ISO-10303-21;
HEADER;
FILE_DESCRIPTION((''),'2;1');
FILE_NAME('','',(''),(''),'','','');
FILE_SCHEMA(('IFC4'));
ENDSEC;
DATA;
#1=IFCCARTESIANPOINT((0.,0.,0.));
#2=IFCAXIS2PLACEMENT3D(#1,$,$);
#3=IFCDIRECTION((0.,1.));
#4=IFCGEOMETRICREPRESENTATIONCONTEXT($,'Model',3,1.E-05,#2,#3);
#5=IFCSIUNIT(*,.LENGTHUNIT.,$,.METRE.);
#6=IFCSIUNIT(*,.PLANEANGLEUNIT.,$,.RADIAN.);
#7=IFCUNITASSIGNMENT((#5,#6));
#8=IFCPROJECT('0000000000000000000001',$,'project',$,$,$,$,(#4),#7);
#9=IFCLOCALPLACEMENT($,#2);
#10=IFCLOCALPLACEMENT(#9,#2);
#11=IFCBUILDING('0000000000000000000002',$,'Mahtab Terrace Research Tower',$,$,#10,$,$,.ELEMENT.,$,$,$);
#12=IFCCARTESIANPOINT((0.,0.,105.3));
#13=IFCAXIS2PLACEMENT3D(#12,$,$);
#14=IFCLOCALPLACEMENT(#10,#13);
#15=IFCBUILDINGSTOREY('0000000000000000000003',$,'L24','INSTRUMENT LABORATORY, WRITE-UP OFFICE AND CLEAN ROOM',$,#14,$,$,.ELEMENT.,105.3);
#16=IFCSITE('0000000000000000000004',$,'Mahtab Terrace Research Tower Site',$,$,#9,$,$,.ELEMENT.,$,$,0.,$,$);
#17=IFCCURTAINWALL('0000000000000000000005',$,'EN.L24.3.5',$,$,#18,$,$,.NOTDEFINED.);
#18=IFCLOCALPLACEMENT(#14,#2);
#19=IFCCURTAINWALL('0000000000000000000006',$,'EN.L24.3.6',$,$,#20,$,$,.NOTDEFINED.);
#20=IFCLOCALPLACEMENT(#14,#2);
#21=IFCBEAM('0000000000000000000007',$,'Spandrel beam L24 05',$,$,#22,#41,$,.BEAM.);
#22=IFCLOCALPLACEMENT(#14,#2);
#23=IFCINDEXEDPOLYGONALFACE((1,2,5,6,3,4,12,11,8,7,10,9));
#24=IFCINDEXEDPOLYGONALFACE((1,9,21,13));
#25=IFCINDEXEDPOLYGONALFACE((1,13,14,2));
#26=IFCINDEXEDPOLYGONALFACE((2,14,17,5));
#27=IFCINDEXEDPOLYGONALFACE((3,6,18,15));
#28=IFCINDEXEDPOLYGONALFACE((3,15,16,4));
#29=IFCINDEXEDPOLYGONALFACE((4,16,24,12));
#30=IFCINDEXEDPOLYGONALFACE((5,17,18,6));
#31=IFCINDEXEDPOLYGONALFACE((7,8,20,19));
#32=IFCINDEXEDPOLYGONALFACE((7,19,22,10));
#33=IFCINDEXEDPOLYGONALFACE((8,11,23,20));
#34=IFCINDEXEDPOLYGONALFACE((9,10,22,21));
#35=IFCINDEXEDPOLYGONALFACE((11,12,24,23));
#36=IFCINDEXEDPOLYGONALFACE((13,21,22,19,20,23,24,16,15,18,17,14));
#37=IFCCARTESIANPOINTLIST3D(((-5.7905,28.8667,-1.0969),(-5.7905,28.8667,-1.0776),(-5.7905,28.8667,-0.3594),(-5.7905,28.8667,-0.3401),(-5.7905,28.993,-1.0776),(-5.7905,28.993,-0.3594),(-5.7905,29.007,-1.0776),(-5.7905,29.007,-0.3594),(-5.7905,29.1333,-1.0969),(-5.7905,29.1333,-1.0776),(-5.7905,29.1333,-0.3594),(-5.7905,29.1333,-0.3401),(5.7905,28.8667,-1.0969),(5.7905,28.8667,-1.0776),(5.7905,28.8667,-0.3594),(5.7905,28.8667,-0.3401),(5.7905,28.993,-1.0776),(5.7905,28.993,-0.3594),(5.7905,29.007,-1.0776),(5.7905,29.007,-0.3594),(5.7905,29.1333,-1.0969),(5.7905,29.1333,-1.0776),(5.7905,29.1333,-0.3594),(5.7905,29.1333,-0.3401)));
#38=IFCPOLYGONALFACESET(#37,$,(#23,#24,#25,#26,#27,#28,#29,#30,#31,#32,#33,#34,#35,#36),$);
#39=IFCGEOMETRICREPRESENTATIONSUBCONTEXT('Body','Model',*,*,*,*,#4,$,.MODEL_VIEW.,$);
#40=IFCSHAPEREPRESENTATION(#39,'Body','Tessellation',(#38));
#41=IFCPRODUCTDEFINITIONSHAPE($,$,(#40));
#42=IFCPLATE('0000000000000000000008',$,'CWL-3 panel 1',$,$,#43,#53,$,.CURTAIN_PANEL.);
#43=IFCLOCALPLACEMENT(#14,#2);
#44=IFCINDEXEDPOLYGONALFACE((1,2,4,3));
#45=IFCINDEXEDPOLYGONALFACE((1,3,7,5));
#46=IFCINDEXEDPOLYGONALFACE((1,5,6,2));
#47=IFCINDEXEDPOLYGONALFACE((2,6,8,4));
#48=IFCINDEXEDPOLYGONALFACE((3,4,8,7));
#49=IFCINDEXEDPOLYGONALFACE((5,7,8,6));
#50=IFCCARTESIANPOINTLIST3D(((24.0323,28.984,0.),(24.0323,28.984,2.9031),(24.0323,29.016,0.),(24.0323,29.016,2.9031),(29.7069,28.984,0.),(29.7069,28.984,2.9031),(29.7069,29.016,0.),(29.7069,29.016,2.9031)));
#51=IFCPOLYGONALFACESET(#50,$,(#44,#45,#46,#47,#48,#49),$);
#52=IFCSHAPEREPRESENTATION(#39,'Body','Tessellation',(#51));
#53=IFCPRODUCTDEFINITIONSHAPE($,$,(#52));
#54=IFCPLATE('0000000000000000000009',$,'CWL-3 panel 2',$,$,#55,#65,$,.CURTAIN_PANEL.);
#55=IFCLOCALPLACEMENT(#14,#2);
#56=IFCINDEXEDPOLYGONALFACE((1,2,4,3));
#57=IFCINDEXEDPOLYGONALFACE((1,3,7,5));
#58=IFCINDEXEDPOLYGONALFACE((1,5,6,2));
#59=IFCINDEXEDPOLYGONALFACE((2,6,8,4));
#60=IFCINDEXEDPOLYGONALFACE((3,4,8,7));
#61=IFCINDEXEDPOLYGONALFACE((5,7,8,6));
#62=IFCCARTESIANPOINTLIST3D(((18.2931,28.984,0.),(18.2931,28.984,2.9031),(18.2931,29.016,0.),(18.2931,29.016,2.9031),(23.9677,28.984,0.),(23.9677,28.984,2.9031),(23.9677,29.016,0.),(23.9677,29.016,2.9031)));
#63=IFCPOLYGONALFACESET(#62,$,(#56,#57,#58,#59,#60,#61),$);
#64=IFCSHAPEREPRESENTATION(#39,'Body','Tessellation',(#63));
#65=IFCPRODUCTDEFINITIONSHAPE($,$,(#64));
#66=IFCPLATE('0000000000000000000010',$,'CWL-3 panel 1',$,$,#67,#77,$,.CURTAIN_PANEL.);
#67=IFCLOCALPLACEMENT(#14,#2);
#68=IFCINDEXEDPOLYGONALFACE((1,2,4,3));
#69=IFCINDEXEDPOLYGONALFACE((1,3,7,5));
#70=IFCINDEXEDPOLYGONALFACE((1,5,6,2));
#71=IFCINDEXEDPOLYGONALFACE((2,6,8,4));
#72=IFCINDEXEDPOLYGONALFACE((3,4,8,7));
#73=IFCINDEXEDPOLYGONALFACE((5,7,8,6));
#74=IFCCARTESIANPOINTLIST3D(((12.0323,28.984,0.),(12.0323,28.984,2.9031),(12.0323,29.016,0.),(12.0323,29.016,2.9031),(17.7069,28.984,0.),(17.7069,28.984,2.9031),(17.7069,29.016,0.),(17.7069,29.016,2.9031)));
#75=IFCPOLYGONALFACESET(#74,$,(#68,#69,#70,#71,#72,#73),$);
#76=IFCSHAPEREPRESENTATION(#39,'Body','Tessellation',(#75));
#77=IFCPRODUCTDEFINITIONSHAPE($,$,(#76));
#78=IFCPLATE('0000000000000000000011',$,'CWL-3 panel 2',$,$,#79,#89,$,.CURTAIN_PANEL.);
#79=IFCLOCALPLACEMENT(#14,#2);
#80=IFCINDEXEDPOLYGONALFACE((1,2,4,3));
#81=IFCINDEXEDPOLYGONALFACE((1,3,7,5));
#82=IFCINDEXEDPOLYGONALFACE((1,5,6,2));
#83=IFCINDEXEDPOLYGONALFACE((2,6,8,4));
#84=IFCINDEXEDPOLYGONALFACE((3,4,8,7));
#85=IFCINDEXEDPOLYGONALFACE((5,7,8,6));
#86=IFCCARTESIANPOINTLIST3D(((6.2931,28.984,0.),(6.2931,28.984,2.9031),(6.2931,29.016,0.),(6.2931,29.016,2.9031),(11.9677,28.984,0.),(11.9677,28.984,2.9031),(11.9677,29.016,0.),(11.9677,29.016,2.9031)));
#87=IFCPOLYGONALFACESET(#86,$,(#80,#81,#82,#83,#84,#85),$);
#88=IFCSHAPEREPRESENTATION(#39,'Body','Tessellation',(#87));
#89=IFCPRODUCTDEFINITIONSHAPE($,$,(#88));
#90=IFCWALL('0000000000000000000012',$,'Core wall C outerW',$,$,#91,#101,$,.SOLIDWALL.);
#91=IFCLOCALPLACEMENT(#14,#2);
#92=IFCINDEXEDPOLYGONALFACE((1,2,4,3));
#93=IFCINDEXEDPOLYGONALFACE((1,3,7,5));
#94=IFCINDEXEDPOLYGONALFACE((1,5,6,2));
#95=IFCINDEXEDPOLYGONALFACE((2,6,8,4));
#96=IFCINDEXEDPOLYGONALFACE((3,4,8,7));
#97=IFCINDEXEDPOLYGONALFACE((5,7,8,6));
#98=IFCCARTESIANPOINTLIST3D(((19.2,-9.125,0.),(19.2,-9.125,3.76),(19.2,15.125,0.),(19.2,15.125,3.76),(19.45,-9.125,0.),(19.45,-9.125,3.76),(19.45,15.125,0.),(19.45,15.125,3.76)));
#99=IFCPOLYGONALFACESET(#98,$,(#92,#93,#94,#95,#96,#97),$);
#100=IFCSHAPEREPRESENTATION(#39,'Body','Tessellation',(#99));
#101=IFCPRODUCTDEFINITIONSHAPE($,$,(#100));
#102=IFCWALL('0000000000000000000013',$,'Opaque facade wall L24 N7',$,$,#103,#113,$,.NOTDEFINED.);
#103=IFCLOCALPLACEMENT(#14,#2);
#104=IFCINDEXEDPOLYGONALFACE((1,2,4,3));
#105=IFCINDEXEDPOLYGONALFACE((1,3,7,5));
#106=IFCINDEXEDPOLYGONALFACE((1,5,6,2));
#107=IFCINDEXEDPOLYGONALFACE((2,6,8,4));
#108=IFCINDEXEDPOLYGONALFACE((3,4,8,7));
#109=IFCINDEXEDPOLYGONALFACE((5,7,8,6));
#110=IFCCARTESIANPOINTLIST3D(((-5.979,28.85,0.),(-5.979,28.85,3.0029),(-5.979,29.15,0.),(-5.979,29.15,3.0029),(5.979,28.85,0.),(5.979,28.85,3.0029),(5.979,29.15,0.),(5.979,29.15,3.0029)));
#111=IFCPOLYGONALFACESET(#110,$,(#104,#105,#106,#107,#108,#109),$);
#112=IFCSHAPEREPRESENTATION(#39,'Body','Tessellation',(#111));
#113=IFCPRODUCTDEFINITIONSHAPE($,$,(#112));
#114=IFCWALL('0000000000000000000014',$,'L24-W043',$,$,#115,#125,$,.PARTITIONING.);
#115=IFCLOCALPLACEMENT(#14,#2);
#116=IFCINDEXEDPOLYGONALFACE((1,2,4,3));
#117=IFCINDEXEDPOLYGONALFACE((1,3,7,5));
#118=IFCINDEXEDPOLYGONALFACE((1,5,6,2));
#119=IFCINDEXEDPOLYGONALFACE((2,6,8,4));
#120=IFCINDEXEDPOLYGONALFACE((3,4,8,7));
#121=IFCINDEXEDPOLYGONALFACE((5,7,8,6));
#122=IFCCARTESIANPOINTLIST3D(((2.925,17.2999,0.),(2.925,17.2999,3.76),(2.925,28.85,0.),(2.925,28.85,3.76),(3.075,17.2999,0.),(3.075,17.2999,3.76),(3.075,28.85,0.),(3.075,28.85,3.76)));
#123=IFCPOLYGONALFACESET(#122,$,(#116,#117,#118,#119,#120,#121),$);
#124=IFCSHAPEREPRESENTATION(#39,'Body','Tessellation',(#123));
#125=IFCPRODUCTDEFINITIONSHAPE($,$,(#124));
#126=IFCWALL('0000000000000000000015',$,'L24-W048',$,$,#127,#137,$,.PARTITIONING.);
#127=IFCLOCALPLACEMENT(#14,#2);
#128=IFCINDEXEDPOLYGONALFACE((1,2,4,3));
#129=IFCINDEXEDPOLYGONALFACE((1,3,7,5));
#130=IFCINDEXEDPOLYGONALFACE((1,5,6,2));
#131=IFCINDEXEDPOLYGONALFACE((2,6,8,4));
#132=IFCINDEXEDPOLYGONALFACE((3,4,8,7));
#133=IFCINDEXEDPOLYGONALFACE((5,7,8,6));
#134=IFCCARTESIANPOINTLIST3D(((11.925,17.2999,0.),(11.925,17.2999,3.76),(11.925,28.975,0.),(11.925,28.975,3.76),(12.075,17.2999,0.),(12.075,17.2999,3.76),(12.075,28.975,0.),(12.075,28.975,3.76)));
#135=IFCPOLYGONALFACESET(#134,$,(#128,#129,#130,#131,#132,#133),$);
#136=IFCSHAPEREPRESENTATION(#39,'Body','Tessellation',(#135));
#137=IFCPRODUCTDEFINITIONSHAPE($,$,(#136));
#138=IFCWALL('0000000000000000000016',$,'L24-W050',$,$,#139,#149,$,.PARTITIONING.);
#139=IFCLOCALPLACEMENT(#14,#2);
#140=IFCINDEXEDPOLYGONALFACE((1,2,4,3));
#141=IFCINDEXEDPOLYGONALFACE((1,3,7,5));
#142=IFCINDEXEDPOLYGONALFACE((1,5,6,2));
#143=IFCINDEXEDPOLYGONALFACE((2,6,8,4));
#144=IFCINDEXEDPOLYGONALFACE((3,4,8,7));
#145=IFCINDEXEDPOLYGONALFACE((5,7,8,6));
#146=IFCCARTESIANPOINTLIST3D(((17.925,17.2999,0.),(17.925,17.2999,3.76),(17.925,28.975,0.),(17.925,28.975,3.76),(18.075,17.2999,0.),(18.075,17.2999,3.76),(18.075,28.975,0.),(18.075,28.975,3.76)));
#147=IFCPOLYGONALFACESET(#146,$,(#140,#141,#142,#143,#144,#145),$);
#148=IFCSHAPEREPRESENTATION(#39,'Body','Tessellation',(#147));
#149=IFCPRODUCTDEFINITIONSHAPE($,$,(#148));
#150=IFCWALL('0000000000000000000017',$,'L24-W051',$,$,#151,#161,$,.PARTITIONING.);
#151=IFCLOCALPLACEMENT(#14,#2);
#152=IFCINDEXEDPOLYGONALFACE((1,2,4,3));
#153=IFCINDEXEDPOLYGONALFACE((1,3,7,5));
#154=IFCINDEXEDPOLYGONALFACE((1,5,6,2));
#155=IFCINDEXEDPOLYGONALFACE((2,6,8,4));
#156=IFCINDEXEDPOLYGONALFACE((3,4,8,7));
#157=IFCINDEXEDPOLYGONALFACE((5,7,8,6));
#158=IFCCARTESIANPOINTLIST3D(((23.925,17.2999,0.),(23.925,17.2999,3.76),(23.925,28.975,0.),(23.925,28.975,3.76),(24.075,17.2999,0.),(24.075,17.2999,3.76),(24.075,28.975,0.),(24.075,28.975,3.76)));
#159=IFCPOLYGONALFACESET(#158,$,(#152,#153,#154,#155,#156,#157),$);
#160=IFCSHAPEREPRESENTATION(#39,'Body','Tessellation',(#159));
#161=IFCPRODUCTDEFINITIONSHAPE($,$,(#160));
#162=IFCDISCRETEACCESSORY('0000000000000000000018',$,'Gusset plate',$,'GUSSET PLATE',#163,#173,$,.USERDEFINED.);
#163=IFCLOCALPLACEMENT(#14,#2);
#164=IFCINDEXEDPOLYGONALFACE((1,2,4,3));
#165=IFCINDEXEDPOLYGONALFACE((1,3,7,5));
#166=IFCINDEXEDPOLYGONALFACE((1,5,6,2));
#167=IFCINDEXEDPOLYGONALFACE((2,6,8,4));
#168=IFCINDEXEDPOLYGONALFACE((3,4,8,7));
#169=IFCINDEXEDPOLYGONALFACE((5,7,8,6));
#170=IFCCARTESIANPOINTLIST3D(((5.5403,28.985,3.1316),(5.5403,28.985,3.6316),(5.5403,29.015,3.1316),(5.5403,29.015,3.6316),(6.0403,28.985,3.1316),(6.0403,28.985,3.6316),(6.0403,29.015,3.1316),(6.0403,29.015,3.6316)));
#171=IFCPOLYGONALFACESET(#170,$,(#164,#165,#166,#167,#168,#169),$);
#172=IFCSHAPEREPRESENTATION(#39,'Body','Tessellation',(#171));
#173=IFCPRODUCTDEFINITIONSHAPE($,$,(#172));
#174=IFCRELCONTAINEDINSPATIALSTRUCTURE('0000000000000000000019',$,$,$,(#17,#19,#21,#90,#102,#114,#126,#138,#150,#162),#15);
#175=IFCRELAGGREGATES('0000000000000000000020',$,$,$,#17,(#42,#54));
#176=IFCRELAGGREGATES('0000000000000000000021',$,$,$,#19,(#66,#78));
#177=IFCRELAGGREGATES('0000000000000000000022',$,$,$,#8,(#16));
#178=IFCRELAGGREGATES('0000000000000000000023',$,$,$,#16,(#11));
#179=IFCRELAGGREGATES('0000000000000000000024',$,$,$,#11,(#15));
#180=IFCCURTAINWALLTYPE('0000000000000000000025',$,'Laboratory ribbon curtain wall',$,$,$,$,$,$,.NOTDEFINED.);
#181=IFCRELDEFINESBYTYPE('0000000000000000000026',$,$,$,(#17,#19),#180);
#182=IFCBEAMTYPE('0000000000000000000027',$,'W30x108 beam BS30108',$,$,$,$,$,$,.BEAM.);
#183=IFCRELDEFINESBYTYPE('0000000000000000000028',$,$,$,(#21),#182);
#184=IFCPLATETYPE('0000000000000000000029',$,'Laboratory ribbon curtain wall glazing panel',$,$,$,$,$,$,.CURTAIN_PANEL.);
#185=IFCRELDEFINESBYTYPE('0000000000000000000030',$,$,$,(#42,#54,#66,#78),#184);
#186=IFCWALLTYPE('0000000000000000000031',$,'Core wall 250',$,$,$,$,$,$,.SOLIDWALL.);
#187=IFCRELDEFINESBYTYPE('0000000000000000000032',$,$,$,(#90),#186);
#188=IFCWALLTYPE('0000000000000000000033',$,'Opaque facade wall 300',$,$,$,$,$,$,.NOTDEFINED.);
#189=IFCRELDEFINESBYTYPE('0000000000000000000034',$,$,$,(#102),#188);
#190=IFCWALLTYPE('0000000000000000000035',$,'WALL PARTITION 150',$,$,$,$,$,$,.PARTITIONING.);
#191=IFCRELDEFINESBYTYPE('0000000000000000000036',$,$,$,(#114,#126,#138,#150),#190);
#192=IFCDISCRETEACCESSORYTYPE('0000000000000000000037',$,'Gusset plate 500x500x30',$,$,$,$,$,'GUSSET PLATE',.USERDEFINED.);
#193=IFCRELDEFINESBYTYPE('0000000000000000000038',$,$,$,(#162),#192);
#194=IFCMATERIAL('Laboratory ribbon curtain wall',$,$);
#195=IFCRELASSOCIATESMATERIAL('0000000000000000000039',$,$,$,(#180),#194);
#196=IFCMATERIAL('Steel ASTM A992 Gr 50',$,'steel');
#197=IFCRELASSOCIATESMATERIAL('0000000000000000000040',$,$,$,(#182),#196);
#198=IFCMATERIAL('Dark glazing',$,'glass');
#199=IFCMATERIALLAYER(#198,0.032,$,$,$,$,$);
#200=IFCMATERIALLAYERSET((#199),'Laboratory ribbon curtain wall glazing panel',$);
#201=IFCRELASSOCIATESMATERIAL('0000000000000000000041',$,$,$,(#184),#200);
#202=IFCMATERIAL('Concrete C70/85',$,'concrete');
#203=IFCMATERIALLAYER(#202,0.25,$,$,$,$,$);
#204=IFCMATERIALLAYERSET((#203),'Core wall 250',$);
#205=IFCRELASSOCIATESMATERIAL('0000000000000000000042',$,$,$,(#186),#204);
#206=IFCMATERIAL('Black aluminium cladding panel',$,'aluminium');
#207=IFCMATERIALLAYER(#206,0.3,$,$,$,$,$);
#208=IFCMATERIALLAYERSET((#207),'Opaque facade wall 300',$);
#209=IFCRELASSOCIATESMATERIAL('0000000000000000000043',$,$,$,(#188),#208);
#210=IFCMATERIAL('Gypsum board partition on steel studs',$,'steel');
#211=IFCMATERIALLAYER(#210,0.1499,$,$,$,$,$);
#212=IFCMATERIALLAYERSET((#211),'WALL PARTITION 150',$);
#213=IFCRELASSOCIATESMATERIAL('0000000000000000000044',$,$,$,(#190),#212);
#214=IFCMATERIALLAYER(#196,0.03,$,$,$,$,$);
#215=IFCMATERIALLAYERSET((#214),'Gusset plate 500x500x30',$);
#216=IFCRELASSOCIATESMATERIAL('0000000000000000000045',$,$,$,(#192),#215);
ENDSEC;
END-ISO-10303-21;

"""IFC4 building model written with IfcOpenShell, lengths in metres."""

from ifc_helpers import new_model, si_unit, direction, frame, frame_2d, origin, origin_2d, place, context, subcontext, project, spatial, rectangle, i_section, extrude, material, layer, layer_set, material_profile, profile_set, type_object, element, aggregate, save


model = new_model("IFC4")

# Units and contexts
model_context = context("Model", 3, precision=1e-05, world=origin(), true_north=direction((0.0, 1.0)))
body_context = subcontext(model_context, "Body", "Model", "MODEL_VIEW")
ifc_project = project(units=[si_unit("LENGTHUNIT", "METRE"), si_unit("PLANEANGLEUNIT", "RADIAN")], contexts=[model_context])

# Site, building, storey
site_placement = place(None, origin())
site = spatial("IfcSite", under=ifc_project, at=site_placement, Name="Mahtab Terrace Research Tower Site", CompositionType="ELEMENT", RefElevation=0.0)
building_placement = place(site_placement, origin())
building = spatial("IfcBuilding", under=site, at=building_placement, Name="Mahtab Terrace Research Tower", CompositionType="ELEMENT")
storey_placement = place(building_placement, frame((0.0, 0.0, 105.3)))
storey = spatial("IfcBuildingStorey", under=building, at=storey_placement, Name="L24", Description="INSTRUMENT LABORATORY, WRITE-UP OFFICE AND CLEAN ROOM", CompositionType="ELEMENT", Elevation=105.3)

# Shared definitions
ifc_material_1 = material(Name="Steel ASTM A992 Gr 50", Category="steel")

# Curtain walls
ifc_material_2 = material(Name="Laboratory ribbon curtain wall")
curtain_wall_type = type_object("IfcCurtainWallType", Name="Laboratory ribbon curtain wall", PredefinedType="NOTDEFINED", material=ifc_material_2)
curtain_wall_1_placement = place(storey_placement, origin())
curtain_wall_1 = element("IfcCurtainWall", 1, at=curtain_wall_1_placement, inside=storey, type_object=curtain_wall_type, Name="EN.L24.3.5", PredefinedType="NOTDEFINED")
curtain_wall_2_placement = place(storey_placement, origin())
curtain_wall_2 = element("IfcCurtainWall", 2, at=curtain_wall_2_placement, inside=storey, type_object=curtain_wall_type, Name="EN.L24.3.6", PredefinedType="NOTDEFINED")

# Beam
ifc_material_profile_1 = material_profile(ifc_material_1, i_section(OverallWidth=0.2666, OverallDepth=0.7568, WebThickness=0.0139, FlangeThickness=0.0193, at=origin_2d()), Name="W30X108")
ifc_profile_set_1 = profile_set([ifc_material_profile_1], Name="Steel ASTM A992 Gr 50")
beam_type = type_object("IfcBeamType", Name="W30x108 beam BS30108", PredefinedType="BEAM", material=ifc_profile_set_1)
for number, where, z_axis, x_axis, name in (
    (3, (5.7905, 29.0, -0.7185), (-1.0, 0.0, 0.0), (0.0, -1.0, 0.0), "Spandrel beam L24 05"),
):
    element("IfcBeam", number, at=place(storey_placement, frame(where, z_axis=z_axis, x_axis=x_axis)), inside=storey, type_object=beam_type, Name=name, PredefinedType="BEAM", context=body_context, shape_type="SweptSolid", body=[
        extrude(i_section(OverallWidth=0.2666, OverallDepth=0.7568, WebThickness=0.0139, FlangeThickness=0.0193, at=origin_2d()), origin(), (0.0, 0.0, 1.0), 11.5811),
    ])

# Plates
ifc_material_3 = material(Name="Dark glazing", Category="glass")
ifc_layer_1 = layer(ifc_material_3, 0.032)
ifc_layer_set_1 = layer_set([ifc_layer_1], Name="Laboratory ribbon curtain wall glazing panel")
plate_type = type_object("IfcPlateType", Name="Laboratory ribbon curtain wall glazing panel", PredefinedType="CURTAIN_PANEL", material=ifc_layer_set_1)
plate_1_placement = place(storey_placement, frame((26.8696, 29.0, 0.0), z_axis=(0.0, 0.0, 1.0), x_axis=(-1.0, 0.0, 0.0)))
plate_1 = element("IfcPlate", 4, at=plate_1_placement, type_object=plate_type, Name="CWL-3 panel 1", PredefinedType="CURTAIN_PANEL", context=body_context, shape_type="SweptSolid", body=[
    extrude(rectangle(XDim=5.6746, YDim=0.032, at=origin_2d()), origin(), (0.0, 0.0, 1.0), 2.9031),
])
plate_2_placement = place(storey_placement, frame((21.1304, 29.0, 0.0), z_axis=(0.0, 0.0, 1.0), x_axis=(-1.0, 0.0, 0.0)))
plate_2 = element("IfcPlate", 5, at=plate_2_placement, type_object=plate_type, Name="CWL-3 panel 2", PredefinedType="CURTAIN_PANEL", context=body_context, shape_type="SweptSolid", body=[
    extrude(rectangle(XDim=5.6746, YDim=0.032, at=origin_2d()), origin(), (0.0, 0.0, 1.0), 2.9031),
])
aggregate(curtain_wall_1, [plate_1, plate_2])
plate_3_placement = place(storey_placement, frame((14.8696, 29.0, 0.0), z_axis=(0.0, 0.0, 1.0), x_axis=(-1.0, 0.0, 0.0)))
plate_3 = element("IfcPlate", 6, at=plate_3_placement, type_object=plate_type, Name="CWL-3 panel 1", PredefinedType="CURTAIN_PANEL", context=body_context, shape_type="SweptSolid", body=[
    extrude(rectangle(XDim=5.6746, YDim=0.032, at=origin_2d()), origin(), (0.0, 0.0, 1.0), 2.9031),
])
plate_4_placement = place(storey_placement, frame((9.1304, 29.0, 0.0), z_axis=(0.0, 0.0, 1.0), x_axis=(-1.0, 0.0, 0.0)))
plate_4 = element("IfcPlate", 7, at=plate_4_placement, type_object=plate_type, Name="CWL-3 panel 2", PredefinedType="CURTAIN_PANEL", context=body_context, shape_type="SweptSolid", body=[
    extrude(rectangle(XDim=5.6746, YDim=0.032, at=origin_2d()), origin(), (0.0, 0.0, 1.0), 2.9031),
])
aggregate(curtain_wall_2, [plate_3, plate_4])

# Walls
ifc_material_4 = material(Name="Concrete C70/85", Category="concrete")
ifc_layer_2 = layer(ifc_material_4, 0.25)
ifc_layer_set_2 = layer_set([ifc_layer_2], Name="Core wall 250")
wall_type_1 = type_object("IfcWallType", Name="Core wall 250", PredefinedType="SOLIDWALL", material=ifc_layer_set_2)
wall_1_placement = place(storey_placement, frame((19.325, 15.125, 0.0), z_axis=(0.0, 0.0, 1.0), x_axis=(0.0, -1.0, 0.0)))
element("IfcWall", 8, at=wall_1_placement, inside=storey, type_object=wall_type_1, Name="Core wall C outerW", PredefinedType="SOLIDWALL", context=body_context, shape_type="SweptSolid", body=[
    extrude(rectangle(XDim=24.25, YDim=0.25, at=frame_2d((12.125, 0.0))), origin(), (0.0, 0.0, 1.0), 3.76),
])
ifc_material_5 = material(Name="Black aluminium cladding panel", Category="aluminium")
ifc_layer_3 = layer(ifc_material_5, 0.3)
ifc_layer_set_3 = layer_set([ifc_layer_3], Name="Opaque facade wall 300")
wall_type_2 = type_object("IfcWallType", Name="Opaque facade wall 300", PredefinedType="NOTDEFINED", material=ifc_layer_set_3)
wall_2_placement = place(storey_placement, frame((5.979, 29.0, 0.0), z_axis=(0.0, 0.0, 1.0), x_axis=(-1.0, 0.0, 0.0)))
element("IfcWall", 9, at=wall_2_placement, inside=storey, type_object=wall_type_2, Name="Opaque facade wall L24 N7", PredefinedType="NOTDEFINED", context=body_context, shape_type="SweptSolid", body=[
    extrude(rectangle(XDim=11.958, YDim=0.3, at=frame_2d((5.979, 0.0))), origin(), (0.0, 0.0, 1.0), 3.0029),
])
ifc_material_6 = material(Name="Gypsum board partition on steel studs", Category="steel")
ifc_layer_4 = layer(ifc_material_6, 0.1499)
ifc_layer_set_4 = layer_set([ifc_layer_4], Name="WALL PARTITION 150")
wall_type_3 = type_object("IfcWallType", Name="WALL PARTITION 150", PredefinedType="PARTITIONING", material=ifc_layer_set_4)
wall_3_placement = place(storey_placement, frame((3.0, 17.3, 0.0), z_axis=(0.0, 0.0, 1.0), x_axis=(0.0, 1.0, 0.0)))
element("IfcWall", 10, at=wall_3_placement, inside=storey, type_object=wall_type_3, Name="L24-W043", PredefinedType="PARTITIONING", context=body_context, shape_type="SweptSolid", body=[
    extrude(rectangle(XDim=11.55, YDim=0.1499, at=frame_2d((5.7749, 0.0))), origin(), (0.0, 0.0, 1.0), 3.76),
])
for number, where, z_axis, x_axis, name in (
    (11, (12.0, 17.3, 0.0), (0.0, 0.0, 1.0), (0.0, 1.0, 0.0), "L24-W048"),
    (12, (18.0, 17.3, 0.0), (0.0, 0.0, 1.0), (0.0, 1.0, 0.0), "L24-W050"),
    (13, (24.0, 17.3, 0.0), (0.0, 0.0, 1.0), (0.0, 1.0, 0.0), "L24-W051"),
):
    element("IfcWall", number, at=place(storey_placement, frame(where, z_axis=z_axis, x_axis=x_axis)), inside=storey, type_object=wall_type_3, Name=name, PredefinedType="PARTITIONING", context=body_context, shape_type="SweptSolid", body=[
        extrude(rectangle(XDim=11.675, YDim=0.1499, at=frame_2d((5.8374, 0.0))), origin(), (0.0, 0.0, 1.0), 3.76),
    ])

# Discrete accessory
ifc_layer_5 = layer(ifc_material_1, 0.03)
ifc_layer_set_5 = layer_set([ifc_layer_5], Name="Gusset plate 500x500x30")
discrete_accessory_type = type_object("IfcDiscreteAccessoryType", Name="Gusset plate 500x500x30", ElementType="GUSSET PLATE", PredefinedType="USERDEFINED", material=ifc_layer_set_5)
discrete_accessory_placement = place(storey_placement, frame((5.7903, 29.0, 3.1316), z_axis=(0.0, 0.0, 1.0), x_axis=(1.0, 0.0, 0.0)))
element("IfcDiscreteAccessory", 14, at=discrete_accessory_placement, inside=storey, type_object=discrete_accessory_type, Name="Gusset plate", ObjectType="GUSSET PLATE", PredefinedType="USERDEFINED", context=body_context, shape_type="SweptSolid", body=[
    extrude(rectangle(XDim=0.5, YDim=0.03, at=origin_2d()), origin(), (0.0, 0.0, 1.0), 0.5),
])

save(model, "model.ifc")
